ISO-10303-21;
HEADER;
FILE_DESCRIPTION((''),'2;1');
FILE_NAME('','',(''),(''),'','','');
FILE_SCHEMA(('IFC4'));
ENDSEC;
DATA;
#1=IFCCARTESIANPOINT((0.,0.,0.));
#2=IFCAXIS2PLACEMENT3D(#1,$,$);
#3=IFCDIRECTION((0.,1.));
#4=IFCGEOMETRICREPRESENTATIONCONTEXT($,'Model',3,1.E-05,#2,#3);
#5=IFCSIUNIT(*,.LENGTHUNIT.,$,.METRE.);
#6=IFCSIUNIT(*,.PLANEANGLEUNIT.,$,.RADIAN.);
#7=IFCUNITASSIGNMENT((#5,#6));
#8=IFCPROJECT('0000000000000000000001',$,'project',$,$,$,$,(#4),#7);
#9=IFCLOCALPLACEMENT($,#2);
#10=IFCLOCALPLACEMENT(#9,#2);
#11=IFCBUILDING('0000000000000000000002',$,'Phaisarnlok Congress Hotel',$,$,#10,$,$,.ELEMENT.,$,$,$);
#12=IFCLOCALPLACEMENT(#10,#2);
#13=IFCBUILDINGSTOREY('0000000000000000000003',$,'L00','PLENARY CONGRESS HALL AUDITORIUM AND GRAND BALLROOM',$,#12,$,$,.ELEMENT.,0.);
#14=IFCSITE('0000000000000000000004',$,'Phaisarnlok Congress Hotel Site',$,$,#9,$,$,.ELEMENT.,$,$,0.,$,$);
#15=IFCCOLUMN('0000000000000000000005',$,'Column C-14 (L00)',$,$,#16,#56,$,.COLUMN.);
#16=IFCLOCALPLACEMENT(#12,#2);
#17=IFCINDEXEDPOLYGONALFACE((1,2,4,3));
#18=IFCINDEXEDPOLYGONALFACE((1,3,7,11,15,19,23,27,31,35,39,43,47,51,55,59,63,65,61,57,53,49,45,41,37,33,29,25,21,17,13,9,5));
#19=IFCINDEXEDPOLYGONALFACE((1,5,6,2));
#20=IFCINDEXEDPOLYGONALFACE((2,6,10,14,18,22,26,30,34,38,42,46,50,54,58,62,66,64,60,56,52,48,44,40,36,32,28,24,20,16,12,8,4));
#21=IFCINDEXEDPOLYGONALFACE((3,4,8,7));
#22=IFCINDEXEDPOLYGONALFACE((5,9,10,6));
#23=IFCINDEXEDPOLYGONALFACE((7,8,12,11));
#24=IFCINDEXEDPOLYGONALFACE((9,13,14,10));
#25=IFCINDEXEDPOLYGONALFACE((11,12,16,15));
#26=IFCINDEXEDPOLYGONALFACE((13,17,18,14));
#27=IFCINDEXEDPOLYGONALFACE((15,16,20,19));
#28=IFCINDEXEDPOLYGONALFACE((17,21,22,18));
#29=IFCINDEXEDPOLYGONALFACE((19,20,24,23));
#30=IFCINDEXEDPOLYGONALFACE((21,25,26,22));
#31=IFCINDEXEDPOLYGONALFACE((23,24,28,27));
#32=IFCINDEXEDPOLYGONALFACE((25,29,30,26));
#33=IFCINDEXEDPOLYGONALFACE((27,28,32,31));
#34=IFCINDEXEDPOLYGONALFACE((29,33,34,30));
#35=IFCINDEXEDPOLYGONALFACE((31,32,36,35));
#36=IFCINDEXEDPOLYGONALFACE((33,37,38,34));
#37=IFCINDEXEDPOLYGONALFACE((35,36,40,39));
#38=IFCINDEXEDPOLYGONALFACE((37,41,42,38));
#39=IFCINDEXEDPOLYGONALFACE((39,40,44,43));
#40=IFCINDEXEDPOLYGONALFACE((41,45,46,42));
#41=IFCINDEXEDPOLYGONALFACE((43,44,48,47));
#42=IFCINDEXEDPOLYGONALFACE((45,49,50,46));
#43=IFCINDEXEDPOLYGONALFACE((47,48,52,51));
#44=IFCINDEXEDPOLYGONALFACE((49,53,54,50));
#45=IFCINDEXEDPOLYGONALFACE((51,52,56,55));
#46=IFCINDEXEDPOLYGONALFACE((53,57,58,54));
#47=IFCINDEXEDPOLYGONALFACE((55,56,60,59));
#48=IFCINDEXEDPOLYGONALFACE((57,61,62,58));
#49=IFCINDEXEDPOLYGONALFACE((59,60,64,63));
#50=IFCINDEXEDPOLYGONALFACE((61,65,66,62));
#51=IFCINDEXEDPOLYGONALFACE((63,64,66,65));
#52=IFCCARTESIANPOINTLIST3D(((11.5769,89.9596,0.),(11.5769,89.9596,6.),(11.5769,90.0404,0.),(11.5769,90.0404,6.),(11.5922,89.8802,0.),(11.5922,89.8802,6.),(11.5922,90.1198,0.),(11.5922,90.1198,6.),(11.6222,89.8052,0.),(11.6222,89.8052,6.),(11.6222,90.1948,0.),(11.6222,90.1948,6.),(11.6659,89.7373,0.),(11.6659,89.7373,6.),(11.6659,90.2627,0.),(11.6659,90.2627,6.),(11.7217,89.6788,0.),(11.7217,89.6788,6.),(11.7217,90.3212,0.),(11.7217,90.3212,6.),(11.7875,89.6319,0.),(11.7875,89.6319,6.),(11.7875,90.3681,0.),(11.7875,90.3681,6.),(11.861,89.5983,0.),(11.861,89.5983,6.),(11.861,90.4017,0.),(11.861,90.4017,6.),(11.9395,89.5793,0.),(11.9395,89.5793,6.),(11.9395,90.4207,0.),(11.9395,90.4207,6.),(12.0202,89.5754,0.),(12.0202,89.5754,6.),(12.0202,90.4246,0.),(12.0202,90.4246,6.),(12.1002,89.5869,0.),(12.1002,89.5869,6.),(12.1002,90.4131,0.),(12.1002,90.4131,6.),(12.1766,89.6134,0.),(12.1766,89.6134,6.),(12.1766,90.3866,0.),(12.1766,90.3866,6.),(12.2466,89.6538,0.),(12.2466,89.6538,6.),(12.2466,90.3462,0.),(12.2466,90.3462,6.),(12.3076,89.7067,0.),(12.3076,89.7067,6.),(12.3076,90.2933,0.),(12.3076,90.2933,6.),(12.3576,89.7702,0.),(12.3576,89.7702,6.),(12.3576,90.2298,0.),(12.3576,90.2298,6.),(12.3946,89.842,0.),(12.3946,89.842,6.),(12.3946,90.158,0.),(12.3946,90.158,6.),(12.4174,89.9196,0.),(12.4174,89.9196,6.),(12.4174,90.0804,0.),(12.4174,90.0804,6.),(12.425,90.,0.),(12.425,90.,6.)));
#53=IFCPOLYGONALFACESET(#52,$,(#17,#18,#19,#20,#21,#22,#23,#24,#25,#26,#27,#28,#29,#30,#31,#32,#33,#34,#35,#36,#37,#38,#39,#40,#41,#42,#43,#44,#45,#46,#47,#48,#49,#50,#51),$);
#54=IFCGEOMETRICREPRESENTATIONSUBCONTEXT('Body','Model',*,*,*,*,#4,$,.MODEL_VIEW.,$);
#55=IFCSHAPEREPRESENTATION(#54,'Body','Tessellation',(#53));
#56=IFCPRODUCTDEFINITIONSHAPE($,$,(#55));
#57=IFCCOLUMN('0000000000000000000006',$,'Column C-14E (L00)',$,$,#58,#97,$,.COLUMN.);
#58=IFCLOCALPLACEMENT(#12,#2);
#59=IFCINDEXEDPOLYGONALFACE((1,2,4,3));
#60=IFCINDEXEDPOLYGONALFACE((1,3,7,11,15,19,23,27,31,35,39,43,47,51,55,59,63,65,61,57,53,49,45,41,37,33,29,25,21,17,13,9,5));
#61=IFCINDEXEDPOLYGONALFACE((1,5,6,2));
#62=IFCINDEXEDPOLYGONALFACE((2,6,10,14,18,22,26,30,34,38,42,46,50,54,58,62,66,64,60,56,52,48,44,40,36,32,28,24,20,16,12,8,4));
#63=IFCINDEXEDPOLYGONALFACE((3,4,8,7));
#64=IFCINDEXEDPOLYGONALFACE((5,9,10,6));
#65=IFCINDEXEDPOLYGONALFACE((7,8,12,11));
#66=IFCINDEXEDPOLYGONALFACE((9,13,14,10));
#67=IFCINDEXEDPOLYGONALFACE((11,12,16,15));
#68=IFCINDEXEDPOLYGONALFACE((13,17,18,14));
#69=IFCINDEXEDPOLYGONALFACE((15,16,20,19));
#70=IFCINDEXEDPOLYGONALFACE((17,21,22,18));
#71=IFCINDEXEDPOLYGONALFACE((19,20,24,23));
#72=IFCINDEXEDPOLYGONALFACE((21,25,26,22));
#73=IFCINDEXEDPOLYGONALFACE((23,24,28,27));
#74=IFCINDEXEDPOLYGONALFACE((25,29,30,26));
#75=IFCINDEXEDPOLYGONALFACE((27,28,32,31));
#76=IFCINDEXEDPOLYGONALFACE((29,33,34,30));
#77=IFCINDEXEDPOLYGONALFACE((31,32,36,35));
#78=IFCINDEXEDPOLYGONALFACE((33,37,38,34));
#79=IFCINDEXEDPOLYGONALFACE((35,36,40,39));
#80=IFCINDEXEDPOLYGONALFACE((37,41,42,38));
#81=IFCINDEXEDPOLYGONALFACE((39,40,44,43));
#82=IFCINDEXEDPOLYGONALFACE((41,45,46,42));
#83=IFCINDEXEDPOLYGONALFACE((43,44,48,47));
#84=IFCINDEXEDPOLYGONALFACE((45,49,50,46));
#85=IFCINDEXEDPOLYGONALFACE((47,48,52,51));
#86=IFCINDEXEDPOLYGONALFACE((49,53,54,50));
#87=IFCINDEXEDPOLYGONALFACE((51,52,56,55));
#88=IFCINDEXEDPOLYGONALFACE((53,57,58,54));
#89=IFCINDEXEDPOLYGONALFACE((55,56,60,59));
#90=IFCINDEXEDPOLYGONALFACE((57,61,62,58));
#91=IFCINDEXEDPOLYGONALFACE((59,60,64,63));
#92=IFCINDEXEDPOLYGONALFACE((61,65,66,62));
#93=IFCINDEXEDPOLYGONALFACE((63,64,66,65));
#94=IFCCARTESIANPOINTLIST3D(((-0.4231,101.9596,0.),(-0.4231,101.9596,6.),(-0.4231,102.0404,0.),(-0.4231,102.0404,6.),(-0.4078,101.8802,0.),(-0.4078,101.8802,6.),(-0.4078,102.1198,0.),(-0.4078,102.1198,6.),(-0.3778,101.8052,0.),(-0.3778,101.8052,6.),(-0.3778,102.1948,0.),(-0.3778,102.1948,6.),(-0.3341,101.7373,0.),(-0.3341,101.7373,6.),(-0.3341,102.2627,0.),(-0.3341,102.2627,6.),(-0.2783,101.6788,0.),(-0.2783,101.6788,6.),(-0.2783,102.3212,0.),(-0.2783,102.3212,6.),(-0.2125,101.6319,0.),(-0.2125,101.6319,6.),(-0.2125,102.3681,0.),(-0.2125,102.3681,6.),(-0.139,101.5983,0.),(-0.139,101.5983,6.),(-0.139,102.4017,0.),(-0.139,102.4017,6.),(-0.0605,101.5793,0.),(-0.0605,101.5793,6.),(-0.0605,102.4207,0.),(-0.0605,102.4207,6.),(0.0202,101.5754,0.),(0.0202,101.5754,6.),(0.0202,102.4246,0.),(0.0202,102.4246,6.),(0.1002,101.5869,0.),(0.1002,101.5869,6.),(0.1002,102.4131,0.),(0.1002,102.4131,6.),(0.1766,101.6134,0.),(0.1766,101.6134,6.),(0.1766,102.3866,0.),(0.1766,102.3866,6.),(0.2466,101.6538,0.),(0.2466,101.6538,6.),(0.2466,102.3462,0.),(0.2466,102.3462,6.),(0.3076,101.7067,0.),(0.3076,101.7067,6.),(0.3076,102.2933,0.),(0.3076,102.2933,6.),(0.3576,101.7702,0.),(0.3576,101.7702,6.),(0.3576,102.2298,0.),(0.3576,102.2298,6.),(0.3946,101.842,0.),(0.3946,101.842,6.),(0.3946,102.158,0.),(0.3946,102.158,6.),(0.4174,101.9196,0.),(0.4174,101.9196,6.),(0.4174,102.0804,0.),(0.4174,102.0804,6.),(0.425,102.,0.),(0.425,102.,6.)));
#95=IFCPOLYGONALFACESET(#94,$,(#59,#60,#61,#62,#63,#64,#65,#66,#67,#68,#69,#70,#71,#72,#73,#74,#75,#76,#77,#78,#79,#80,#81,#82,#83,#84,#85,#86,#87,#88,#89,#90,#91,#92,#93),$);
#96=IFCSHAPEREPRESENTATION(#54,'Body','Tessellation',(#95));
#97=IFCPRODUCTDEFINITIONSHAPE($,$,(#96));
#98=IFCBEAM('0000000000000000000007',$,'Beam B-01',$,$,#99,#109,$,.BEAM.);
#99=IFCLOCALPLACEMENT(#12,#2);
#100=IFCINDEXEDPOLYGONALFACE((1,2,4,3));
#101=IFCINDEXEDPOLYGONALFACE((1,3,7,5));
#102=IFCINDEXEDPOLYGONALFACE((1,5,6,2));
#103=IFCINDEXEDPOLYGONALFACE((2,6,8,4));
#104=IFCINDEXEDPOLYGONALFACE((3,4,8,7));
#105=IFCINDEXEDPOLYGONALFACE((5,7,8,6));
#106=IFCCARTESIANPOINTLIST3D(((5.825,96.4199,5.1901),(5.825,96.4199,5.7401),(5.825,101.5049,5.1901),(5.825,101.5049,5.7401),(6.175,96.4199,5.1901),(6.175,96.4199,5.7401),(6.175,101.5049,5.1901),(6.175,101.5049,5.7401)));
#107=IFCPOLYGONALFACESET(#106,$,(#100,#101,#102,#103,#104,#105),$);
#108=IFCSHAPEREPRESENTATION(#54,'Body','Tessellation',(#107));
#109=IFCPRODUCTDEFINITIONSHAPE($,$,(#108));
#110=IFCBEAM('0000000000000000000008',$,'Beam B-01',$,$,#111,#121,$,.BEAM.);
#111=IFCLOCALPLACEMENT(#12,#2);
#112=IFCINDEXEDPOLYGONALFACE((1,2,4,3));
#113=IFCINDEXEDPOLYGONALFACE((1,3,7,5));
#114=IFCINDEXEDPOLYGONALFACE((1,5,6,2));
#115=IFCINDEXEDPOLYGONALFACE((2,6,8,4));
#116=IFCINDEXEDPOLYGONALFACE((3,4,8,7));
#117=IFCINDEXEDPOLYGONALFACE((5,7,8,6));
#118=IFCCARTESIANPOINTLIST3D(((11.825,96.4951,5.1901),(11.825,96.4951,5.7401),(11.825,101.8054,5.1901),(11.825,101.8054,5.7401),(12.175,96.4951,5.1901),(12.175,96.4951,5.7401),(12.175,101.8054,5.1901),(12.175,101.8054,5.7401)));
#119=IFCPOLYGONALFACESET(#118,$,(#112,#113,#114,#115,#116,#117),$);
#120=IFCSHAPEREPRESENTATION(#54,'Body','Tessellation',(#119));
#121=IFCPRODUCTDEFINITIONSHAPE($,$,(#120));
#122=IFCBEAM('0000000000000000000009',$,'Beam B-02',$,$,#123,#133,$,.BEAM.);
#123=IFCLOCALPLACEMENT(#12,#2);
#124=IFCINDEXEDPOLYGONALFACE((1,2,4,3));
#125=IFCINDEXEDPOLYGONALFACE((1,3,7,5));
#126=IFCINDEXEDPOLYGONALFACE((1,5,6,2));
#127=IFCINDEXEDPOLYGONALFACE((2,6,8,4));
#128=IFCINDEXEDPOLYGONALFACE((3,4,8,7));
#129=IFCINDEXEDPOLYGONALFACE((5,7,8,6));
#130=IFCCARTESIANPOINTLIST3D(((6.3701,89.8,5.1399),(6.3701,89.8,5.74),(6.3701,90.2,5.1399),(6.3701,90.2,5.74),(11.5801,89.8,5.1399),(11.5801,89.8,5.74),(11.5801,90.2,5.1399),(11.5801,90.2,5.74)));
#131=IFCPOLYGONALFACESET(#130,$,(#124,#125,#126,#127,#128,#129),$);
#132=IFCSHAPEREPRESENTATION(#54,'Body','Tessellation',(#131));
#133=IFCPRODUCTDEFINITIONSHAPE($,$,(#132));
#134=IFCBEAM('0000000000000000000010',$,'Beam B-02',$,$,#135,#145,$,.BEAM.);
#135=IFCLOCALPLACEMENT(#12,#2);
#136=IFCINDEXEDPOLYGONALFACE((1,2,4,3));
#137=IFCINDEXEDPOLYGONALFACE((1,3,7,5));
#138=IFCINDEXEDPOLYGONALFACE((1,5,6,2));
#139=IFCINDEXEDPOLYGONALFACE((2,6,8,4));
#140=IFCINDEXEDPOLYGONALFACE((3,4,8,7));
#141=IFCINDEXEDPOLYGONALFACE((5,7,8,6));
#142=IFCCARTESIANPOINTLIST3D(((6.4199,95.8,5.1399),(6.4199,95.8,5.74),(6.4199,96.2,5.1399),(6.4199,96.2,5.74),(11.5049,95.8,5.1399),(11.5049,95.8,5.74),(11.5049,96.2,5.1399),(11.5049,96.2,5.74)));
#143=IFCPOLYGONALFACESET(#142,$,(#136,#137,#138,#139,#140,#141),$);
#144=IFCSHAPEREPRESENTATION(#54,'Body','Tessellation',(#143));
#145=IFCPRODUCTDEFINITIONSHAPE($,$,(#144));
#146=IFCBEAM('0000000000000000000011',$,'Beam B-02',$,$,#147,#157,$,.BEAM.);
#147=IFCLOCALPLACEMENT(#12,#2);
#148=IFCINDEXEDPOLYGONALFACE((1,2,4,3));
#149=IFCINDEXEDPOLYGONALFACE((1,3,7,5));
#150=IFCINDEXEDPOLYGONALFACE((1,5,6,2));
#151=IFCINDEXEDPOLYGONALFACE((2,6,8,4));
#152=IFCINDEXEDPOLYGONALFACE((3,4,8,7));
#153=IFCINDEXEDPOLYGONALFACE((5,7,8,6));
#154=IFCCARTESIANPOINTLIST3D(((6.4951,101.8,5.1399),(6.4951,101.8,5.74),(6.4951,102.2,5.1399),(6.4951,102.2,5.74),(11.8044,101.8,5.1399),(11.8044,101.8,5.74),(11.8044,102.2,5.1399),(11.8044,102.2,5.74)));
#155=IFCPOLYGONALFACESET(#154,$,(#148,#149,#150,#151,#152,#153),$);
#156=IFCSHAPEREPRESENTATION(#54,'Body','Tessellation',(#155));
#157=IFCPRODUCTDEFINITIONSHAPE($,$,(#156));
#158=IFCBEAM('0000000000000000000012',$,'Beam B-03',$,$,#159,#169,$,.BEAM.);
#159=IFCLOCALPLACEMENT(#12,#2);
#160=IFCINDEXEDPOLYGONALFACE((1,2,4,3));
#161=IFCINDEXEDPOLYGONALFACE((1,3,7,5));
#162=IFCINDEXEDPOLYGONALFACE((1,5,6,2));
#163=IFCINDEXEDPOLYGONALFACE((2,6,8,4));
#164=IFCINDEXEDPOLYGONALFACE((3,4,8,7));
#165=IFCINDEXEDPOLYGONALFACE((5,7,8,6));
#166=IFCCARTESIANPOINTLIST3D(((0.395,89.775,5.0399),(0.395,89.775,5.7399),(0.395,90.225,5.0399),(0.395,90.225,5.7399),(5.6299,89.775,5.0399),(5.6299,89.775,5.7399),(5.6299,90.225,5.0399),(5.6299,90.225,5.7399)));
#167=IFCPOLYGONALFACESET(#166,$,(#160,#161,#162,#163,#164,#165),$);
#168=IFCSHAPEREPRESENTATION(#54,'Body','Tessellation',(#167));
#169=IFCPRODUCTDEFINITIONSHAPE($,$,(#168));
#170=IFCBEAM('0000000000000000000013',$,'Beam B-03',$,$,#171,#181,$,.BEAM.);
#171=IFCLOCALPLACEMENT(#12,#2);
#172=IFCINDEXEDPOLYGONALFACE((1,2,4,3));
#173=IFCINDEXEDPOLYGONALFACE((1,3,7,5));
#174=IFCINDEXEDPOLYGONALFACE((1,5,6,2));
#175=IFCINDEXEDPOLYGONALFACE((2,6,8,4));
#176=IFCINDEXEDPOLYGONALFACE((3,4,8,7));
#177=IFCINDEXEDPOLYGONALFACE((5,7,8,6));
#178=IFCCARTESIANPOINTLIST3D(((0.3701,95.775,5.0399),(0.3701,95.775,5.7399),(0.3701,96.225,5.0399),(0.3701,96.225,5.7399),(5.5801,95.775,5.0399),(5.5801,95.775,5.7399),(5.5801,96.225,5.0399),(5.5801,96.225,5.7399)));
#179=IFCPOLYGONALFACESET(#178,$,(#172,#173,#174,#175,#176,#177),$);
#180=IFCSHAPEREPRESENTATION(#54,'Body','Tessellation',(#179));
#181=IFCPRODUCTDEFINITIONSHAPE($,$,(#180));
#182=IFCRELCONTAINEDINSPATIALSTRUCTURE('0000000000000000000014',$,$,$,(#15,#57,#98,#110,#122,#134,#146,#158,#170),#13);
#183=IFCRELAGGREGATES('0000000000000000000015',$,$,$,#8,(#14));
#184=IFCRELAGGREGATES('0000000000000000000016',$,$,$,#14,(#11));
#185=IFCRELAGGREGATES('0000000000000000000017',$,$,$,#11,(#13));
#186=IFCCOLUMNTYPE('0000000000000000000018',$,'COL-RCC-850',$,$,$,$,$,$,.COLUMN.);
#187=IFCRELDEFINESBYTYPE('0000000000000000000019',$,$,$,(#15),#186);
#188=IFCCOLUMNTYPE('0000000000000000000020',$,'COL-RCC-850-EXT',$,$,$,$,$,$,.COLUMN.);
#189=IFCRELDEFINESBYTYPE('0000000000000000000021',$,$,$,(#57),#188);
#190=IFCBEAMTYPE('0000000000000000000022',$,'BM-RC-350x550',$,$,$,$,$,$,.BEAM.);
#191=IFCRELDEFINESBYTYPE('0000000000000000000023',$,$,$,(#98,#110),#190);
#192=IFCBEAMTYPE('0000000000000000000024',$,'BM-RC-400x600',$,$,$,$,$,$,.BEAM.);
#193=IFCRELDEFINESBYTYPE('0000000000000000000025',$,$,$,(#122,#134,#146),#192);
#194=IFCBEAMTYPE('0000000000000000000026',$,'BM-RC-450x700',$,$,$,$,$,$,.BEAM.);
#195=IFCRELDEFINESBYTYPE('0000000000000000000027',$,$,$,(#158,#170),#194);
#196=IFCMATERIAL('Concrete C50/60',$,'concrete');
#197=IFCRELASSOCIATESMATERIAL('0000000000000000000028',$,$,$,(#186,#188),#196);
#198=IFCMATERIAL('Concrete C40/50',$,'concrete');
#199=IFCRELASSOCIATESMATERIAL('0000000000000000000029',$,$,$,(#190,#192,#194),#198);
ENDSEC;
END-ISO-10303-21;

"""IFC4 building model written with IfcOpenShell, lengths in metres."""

from ifc_helpers import new_model, si_unit, direction, frame, origin, origin_2d, place, context, subcontext, project, spatial, rectangle, circle, extrude, material, material_profile, profile_set, type_object, element, save


model = new_model("IFC4")

# Units and contexts
model_context = context("Model", 3, precision=1e-05, world=origin(), true_north=direction((0.0, 1.0)))
body_context = subcontext(model_context, "Body", "Model", "MODEL_VIEW")
ifc_project = project(units=[si_unit("LENGTHUNIT", "METRE"), si_unit("PLANEANGLEUNIT", "RADIAN")], contexts=[model_context])

# Site, building, storey
site_placement = place(None, origin())
site = spatial("IfcSite", under=ifc_project, at=site_placement, Name="Phaisarnlok Congress Hotel Site", CompositionType="ELEMENT", RefElevation=0.0)
building_placement = place(site_placement, origin())
building = spatial("IfcBuilding", under=site, at=building_placement, Name="Phaisarnlok Congress Hotel", CompositionType="ELEMENT")
storey_placement = place(building_placement, origin())
storey = spatial("IfcBuildingStorey", under=building, at=storey_placement, Name="L00", Description="PLENARY CONGRESS HALL AUDITORIUM AND GRAND BALLROOM", CompositionType="ELEMENT", Elevation=0.0)

# Columns
ifc_material_1 = material(Name="Concrete C50/60", Category="concrete")
ifc_material_profile_1 = material_profile(ifc_material_1, circle(Radius=0.425, at=origin_2d()), Name="RCC D850")
ifc_profile_set_1 = profile_set([ifc_material_profile_1], Name="Concrete C50/60")
column_type_1 = type_object("IfcColumnType", Name="COL-RCC-850", PredefinedType="COLUMN", material=ifc_profile_set_1)
for number, where, z_axis, x_axis, name in (
    (1, (12.0, 90.0, 0.0), (0.0, 0.0, 1.0), (1.0, 0.0, 0.0), "Column C-14 (L00)"),
):
    element("IfcColumn", number, at=place(storey_placement, frame(where, z_axis=z_axis, x_axis=x_axis)), inside=storey, type_object=column_type_1, Name=name, PredefinedType="COLUMN", context=body_context, shape_type="SweptSolid", body=[
        extrude(circle(Radius=0.425, at=origin_2d()), origin(), (0.0, 0.0, 1.0), 6.0),
    ])
ifc_material_profile_2 = material_profile(ifc_material_1, circle(Radius=0.425, at=origin_2d()), Name="RCC D850")
ifc_profile_set_2 = profile_set([ifc_material_profile_2], Name="Concrete C50/60")
column_type_2 = type_object("IfcColumnType", Name="COL-RCC-850-EXT", PredefinedType="COLUMN", material=ifc_profile_set_2)
column_1_placement = place(storey_placement, frame((0.0, 102.0, 0.0), z_axis=(0.0, 0.0, 1.0), x_axis=(1.0, 0.0, 0.0)))
element("IfcColumn", 2, at=column_1_placement, inside=storey, type_object=column_type_2, Name="Column C-14E (L00)", PredefinedType="COLUMN", context=body_context, shape_type="SweptSolid", body=[
    extrude(circle(Radius=0.425, at=origin_2d()), origin(), (0.0, 0.0, 1.0), 6.0),
])

# Beams
ifc_material_2 = material(Name="Concrete C40/50", Category="concrete")
ifc_material_profile_3 = material_profile(ifc_material_2, rectangle(XDim=0.3501, YDim=0.55, at=origin_2d()), Name="RC 350x550")
ifc_profile_set_3 = profile_set([ifc_material_profile_3], Name="Concrete C40/50")
beam_type_1 = type_object("IfcBeamType", Name="BM-RC-350x550", PredefinedType="BEAM", material=ifc_profile_set_3)
beam_1_placement = place(storey_placement, frame((6.0, 96.4199, 5.4651), z_axis=(0.0, 1.0, 0.0), x_axis=(-1.0, 0.0, 0.0)))
element("IfcBeam", 3, at=beam_1_placement, inside=storey, type_object=beam_type_1, Name="Beam B-01", PredefinedType="BEAM", context=body_context, shape_type="SweptSolid", body=[
    extrude(rectangle(XDim=0.3501, YDim=0.55, at=origin_2d()), origin(), (0.0, 0.0, 1.0), 5.085),
])
beam_2_placement = place(storey_placement, frame((12.0, 96.4951, 5.4651), z_axis=(0.0, 1.0, 0.0), x_axis=(-1.0, 0.0, 0.0)))
element("IfcBeam", 4, at=beam_2_placement, inside=storey, type_object=beam_type_1, Name="Beam B-01", PredefinedType="BEAM", context=body_context, shape_type="SweptSolid", body=[
    extrude(rectangle(XDim=0.3501, YDim=0.55, at=origin_2d()), origin(), (0.0, 0.0, 1.0), 5.3103),
])
ifc_material_profile_4 = material_profile(ifc_material_2, rectangle(XDim=0.3999, YDim=0.6001, at=origin_2d()), Name="RC 400x600")
ifc_profile_set_4 = profile_set([ifc_material_profile_4], Name="Concrete C40/50")
beam_type_2 = type_object("IfcBeamType", Name="BM-RC-400x600", PredefinedType="BEAM", material=ifc_profile_set_4)
beam_3_placement = place(storey_placement, frame((6.3701, 90.0, 5.4399), z_axis=(1.0, 0.0, 0.0), x_axis=(0.0, 1.0, 0.0)))
element("IfcBeam", 5, at=beam_3_placement, inside=storey, type_object=beam_type_2, Name="Beam B-02", PredefinedType="BEAM", context=body_context, shape_type="SweptSolid", body=[
    extrude(rectangle(XDim=0.3999, YDim=0.6001, at=origin_2d()), origin(), (0.0, 0.0, 1.0), 5.21),
])
beam_4_placement = place(storey_placement, frame((6.4199, 96.0, 5.4399), z_axis=(1.0, 0.0, 0.0), x_axis=(0.0, 1.0, 0.0)))
element("IfcBeam", 6, at=beam_4_placement, inside=storey, type_object=beam_type_2, Name="Beam B-02", PredefinedType="BEAM", context=body_context, shape_type="SweptSolid", body=[
    extrude(rectangle(XDim=0.3999, YDim=0.6001, at=origin_2d()), origin(), (0.0, 0.0, 1.0), 5.085),
])
beam_5_placement = place(storey_placement, frame((6.4951, 102.0, 5.4399), z_axis=(1.0, 0.0, 0.0), x_axis=(0.0, 1.0, 0.0)))
element("IfcBeam", 7, at=beam_5_placement, inside=storey, type_object=beam_type_2, Name="Beam B-02", PredefinedType="BEAM", context=body_context, shape_type="SweptSolid", body=[
    extrude(rectangle(XDim=0.3999, YDim=0.6001, at=origin_2d()), origin(), (0.0, 0.0, 1.0), 5.3093),
])
ifc_material_profile_5 = material_profile(ifc_material_2, rectangle(XDim=0.45, YDim=0.7, at=origin_2d()), Name="RC 450x700")
ifc_profile_set_5 = profile_set([ifc_material_profile_5], Name="Concrete C40/50")
beam_type_3 = type_object("IfcBeamType", Name="BM-RC-450x700", PredefinedType="BEAM", material=ifc_profile_set_5)
beam_6_placement = place(storey_placement, frame((0.395, 90.0, 5.3899), z_axis=(1.0, 0.0, 0.0), x_axis=(0.0, 1.0, 0.0)))
element("IfcBeam", 8, at=beam_6_placement, inside=storey, type_object=beam_type_3, Name="Beam B-03", PredefinedType="BEAM", context=body_context, shape_type="SweptSolid", body=[
    extrude(rectangle(XDim=0.45, YDim=0.7, at=origin_2d()), origin(), (0.0, 0.0, 1.0), 5.2349),
])
beam_7_placement = place(storey_placement, frame((0.3701, 96.0, 5.3899), z_axis=(1.0, 0.0, 0.0), x_axis=(0.0, 1.0, 0.0)))
element("IfcBeam", 9, at=beam_7_placement, inside=storey, type_object=beam_type_3, Name="Beam B-03", PredefinedType="BEAM", context=body_context, shape_type="SweptSolid", body=[
    extrude(rectangle(XDim=0.45, YDim=0.7, at=origin_2d()), origin(), (0.0, 0.0, 1.0), 5.21),
])

save(model, "model.ifc")
